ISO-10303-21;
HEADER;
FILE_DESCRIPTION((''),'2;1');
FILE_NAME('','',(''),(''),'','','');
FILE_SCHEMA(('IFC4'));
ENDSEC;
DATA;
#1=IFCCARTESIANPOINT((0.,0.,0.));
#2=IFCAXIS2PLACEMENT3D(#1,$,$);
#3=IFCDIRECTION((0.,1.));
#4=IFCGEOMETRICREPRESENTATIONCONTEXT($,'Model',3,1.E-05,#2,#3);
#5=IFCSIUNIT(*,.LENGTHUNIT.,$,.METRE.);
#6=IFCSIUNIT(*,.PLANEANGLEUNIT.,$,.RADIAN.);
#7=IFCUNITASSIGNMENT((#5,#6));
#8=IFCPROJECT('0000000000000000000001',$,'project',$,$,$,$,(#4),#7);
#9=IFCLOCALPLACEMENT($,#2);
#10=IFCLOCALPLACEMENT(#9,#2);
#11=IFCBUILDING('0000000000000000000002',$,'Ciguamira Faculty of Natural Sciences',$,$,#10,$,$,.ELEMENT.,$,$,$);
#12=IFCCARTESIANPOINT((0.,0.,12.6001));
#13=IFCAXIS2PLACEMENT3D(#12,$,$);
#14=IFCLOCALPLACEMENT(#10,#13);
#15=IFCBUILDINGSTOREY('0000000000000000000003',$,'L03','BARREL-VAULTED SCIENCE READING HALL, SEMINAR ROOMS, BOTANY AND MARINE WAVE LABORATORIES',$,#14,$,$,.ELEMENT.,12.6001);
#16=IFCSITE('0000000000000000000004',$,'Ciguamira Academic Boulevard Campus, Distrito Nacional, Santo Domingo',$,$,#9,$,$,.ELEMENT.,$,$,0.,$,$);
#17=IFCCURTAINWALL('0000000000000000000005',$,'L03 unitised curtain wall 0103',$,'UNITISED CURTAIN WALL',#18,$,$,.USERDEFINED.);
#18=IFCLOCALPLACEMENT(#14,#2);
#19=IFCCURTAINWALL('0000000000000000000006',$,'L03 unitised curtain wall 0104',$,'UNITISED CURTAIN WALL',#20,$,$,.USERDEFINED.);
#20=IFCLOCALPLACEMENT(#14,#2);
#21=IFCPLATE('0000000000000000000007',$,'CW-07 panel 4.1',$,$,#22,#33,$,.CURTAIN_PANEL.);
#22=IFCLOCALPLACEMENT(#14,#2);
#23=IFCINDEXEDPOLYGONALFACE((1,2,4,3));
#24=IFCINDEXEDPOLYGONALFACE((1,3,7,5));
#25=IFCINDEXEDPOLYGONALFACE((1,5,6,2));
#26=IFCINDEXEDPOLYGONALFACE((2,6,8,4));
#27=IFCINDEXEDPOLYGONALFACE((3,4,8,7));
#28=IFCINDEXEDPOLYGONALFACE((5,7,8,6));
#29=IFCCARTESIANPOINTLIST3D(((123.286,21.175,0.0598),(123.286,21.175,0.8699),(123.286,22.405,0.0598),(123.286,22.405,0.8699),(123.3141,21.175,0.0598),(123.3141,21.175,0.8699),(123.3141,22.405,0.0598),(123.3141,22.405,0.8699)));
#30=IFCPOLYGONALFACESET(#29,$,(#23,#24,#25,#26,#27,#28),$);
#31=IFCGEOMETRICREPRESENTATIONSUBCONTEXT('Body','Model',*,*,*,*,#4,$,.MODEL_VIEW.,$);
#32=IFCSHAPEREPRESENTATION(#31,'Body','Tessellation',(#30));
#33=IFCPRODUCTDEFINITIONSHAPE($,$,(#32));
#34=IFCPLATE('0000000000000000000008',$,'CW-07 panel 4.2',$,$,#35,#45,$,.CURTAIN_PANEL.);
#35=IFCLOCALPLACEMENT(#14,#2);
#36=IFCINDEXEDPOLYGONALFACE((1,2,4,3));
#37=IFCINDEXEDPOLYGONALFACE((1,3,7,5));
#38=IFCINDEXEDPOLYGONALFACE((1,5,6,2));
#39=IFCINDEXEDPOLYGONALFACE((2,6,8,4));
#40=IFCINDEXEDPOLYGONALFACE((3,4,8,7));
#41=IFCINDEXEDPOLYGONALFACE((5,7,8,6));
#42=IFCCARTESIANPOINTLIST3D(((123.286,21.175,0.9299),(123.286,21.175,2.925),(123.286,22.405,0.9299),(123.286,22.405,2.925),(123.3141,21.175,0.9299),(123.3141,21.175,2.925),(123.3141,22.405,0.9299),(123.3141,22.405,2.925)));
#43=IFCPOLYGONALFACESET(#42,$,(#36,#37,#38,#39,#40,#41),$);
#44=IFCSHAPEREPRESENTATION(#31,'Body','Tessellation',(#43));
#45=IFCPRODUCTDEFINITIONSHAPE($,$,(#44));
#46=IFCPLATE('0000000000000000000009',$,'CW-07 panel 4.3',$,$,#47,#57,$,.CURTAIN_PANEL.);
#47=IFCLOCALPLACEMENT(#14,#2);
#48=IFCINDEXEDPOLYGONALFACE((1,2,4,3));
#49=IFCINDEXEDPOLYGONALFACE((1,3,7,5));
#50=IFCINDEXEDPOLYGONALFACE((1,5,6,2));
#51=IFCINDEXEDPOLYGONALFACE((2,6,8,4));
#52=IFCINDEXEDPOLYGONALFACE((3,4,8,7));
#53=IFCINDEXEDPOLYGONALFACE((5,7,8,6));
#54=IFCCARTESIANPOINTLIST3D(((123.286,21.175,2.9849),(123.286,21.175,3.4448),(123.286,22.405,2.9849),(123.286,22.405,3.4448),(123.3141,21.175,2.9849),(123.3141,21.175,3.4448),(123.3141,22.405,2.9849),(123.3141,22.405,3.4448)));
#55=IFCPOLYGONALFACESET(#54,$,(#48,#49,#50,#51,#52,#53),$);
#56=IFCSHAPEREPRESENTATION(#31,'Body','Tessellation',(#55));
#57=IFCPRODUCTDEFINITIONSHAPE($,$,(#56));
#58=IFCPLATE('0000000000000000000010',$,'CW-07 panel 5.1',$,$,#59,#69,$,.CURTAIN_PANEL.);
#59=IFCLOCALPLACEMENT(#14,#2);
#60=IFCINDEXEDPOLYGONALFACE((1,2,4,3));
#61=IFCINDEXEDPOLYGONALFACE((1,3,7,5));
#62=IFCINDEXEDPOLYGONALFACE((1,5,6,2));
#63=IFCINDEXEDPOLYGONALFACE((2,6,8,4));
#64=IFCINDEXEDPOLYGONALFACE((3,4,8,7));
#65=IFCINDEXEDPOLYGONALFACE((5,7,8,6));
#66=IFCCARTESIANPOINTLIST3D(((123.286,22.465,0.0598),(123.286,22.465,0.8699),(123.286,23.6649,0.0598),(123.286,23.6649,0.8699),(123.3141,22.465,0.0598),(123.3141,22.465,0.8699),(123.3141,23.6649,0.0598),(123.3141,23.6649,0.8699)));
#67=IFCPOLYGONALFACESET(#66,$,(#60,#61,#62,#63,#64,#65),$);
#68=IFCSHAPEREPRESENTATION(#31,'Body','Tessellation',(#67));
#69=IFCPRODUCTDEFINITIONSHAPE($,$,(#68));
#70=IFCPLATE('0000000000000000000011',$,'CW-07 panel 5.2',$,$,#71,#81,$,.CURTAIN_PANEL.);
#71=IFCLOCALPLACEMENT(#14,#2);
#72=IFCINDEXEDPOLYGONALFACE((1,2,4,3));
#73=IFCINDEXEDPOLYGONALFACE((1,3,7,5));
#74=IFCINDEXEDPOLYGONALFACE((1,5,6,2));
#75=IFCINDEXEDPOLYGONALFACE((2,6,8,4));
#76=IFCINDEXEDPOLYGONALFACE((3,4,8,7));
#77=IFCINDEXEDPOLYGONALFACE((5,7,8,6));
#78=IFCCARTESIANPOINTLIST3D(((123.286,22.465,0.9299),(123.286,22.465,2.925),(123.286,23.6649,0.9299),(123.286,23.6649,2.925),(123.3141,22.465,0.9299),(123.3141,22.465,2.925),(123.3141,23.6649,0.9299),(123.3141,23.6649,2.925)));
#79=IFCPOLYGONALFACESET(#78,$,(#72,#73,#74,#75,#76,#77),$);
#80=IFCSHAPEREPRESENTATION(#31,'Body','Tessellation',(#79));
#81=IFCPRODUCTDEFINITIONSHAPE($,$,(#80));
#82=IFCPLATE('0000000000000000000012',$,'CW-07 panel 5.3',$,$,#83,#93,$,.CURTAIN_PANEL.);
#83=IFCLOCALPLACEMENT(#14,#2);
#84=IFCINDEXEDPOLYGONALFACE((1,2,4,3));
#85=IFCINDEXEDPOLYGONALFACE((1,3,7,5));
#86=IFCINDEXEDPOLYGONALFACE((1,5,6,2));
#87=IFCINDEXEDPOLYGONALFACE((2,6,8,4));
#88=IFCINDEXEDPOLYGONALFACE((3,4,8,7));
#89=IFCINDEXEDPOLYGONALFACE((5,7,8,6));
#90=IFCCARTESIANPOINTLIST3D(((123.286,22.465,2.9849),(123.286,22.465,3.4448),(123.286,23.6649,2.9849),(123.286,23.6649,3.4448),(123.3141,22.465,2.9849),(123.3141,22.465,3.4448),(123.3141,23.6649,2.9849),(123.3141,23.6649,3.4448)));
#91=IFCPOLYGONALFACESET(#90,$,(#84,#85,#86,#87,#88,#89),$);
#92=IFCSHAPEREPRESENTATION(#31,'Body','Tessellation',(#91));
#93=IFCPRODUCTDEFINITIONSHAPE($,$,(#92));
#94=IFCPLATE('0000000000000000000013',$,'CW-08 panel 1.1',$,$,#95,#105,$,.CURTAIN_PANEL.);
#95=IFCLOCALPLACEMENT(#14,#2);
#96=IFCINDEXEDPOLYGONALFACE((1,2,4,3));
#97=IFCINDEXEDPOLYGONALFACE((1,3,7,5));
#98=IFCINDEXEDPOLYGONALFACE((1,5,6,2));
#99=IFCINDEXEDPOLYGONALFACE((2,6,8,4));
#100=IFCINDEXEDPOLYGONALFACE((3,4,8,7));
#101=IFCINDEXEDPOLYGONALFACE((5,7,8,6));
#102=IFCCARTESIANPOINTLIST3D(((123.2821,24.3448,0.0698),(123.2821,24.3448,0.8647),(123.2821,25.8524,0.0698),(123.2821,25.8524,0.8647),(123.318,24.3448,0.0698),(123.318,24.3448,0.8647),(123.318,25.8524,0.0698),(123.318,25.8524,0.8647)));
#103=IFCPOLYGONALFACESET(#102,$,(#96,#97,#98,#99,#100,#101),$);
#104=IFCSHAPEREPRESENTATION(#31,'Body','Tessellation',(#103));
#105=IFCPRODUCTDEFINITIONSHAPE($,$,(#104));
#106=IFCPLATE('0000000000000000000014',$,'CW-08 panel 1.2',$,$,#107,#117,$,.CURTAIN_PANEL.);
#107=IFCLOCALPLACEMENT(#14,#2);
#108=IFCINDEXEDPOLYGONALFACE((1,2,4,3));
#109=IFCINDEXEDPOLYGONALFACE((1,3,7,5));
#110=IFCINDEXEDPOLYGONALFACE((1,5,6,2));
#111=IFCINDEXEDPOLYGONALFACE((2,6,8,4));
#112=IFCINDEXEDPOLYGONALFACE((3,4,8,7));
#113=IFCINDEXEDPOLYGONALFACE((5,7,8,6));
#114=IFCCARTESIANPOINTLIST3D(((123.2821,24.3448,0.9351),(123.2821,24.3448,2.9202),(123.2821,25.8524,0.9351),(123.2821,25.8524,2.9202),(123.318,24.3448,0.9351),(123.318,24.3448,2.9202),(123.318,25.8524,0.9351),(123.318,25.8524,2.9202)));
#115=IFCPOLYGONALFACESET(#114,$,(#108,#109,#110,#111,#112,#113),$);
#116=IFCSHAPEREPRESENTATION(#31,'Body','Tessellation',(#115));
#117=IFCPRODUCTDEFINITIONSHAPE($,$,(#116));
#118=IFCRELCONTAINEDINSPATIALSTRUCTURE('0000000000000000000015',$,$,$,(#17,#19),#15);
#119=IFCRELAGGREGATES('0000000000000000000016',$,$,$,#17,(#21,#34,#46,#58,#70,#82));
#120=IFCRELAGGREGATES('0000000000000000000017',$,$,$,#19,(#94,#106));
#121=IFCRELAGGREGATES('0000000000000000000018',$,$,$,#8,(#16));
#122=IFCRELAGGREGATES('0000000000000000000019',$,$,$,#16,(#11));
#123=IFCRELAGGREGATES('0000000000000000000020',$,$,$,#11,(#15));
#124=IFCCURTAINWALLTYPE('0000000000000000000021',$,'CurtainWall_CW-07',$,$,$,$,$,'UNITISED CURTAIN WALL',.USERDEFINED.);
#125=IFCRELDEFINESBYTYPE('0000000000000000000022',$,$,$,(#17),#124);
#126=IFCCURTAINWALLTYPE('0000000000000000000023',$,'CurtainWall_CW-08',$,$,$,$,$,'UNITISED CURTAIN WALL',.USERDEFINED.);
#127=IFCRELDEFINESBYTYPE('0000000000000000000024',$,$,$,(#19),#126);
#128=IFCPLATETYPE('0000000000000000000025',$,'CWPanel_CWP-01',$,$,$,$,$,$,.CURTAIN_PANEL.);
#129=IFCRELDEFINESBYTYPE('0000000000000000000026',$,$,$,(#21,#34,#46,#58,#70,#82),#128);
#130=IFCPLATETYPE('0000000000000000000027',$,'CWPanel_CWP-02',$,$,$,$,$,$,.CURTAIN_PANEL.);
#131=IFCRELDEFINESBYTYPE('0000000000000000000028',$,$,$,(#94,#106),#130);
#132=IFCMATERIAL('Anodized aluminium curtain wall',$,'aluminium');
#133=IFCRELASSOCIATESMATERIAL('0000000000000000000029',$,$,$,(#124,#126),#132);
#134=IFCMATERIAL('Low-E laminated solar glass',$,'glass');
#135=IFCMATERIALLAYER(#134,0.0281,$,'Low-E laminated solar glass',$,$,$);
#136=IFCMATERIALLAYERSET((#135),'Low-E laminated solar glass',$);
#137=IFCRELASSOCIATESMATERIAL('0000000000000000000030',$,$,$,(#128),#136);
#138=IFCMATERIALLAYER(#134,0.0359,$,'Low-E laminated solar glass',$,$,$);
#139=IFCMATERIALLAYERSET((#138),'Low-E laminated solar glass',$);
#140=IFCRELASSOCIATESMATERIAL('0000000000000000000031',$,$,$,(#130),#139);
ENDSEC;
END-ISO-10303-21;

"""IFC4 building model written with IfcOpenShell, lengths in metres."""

from ifc_helpers import new_model, si_unit, direction, frame, origin, origin_2d, place, context, subcontext, project, spatial, rectangle, extrude, material, layer, layer_set, type_object, element, aggregate, save


model = new_model("IFC4")

# Units and contexts
model_context = context("Model", 3, precision=1e-05, world=origin(), true_north=direction((0.0, 1.0)))
body_context = subcontext(model_context, "Body", "Model", "MODEL_VIEW")
ifc_project = project(units=[si_unit("LENGTHUNIT", "METRE"), si_unit("PLANEANGLEUNIT", "RADIAN")], contexts=[model_context])

# Site, building, storey
site_placement = place(None, origin())
site = spatial("IfcSite", under=ifc_project, at=site_placement, Name="Ciguamira Academic Boulevard Campus, Distrito Nacional, Santo Domingo", CompositionType="ELEMENT", RefElevation=0.0)
building_placement = place(site_placement, origin())
building = spatial("IfcBuilding", under=site, at=building_placement, Name="Ciguamira Faculty of Natural Sciences", CompositionType="ELEMENT")
storey_placement = place(building_placement, frame((0.0, 0.0, 12.6001)))
storey = spatial("IfcBuildingStorey", under=building, at=storey_placement, Name="L03", Description="BARREL-VAULTED SCIENCE READING HALL, SEMINAR ROOMS, BOTANY AND MARINE WAVE LABORATORIES", CompositionType="ELEMENT", Elevation=12.6001)

# Curtain wall
ifc_material_1 = material(Name="Anodized aluminium curtain wall", Category="aluminium")
curtain_wall_type_1 = type_object("IfcCurtainWallType", Name="CurtainWall_CW-07", ElementType="UNITISED CURTAIN WALL", PredefinedType="USERDEFINED", material=ifc_material_1)
curtain_wall_1_placement = place(storey_placement, origin())
curtain_wall_1 = element("IfcCurtainWall", 1, at=curtain_wall_1_placement, inside=storey, type_object=curtain_wall_type_1, Name="L03 unitised curtain wall 0103", ObjectType="UNITISED CURTAIN WALL", PredefinedType="USERDEFINED")

# Curtain wall
curtain_wall_type_2 = type_object("IfcCurtainWallType", Name="CurtainWall_CW-08", ElementType="UNITISED CURTAIN WALL", PredefinedType="USERDEFINED", material=ifc_material_1)
curtain_wall_2_placement = place(storey_placement, origin())
curtain_wall_2 = element("IfcCurtainWall", 2, at=curtain_wall_2_placement, inside=storey, type_object=curtain_wall_type_2, Name="L03 unitised curtain wall 0104", ObjectType="UNITISED CURTAIN WALL", PredefinedType="USERDEFINED")

# Plates
ifc_material_2 = material(Name="Low-E laminated solar glass", Category="glass")
ifc_layer_1 = layer(ifc_material_2, 0.0281, Name="Low-E laminated solar glass")
ifc_layer_set_1 = layer_set([ifc_layer_1], Name="Low-E laminated solar glass")
plate_type_1 = type_object("IfcPlateType", Name="CWPanel_CWP-01", PredefinedType="CURTAIN_PANEL", material=ifc_layer_set_1)
plate_1_placement = place(storey_placement, frame((123.3, 21.79, 0.0598), z_axis=(0.0, 0.0, 1.0), x_axis=(0.0, 1.0, 0.0)))
plate_1 = element("IfcPlate", 3, at=plate_1_placement, type_object=plate_type_1, Name="CW-07 panel 4.1", PredefinedType="CURTAIN_PANEL", context=body_context, shape_type="SweptSolid", body=[
    extrude(rectangle(XDim=1.23, YDim=0.0281, at=origin_2d()), origin(), (0.0, 0.0, 1.0), 0.8101),
])
plate_2_placement = place(storey_placement, frame((123.3, 21.79, 0.9299), z_axis=(0.0, 0.0, 1.0), x_axis=(0.0, 1.0, 0.0)))
plate_2 = element("IfcPlate", 4, at=plate_2_placement, type_object=plate_type_1, Name="CW-07 panel 4.2", PredefinedType="CURTAIN_PANEL", context=body_context, shape_type="SweptSolid", body=[
    extrude(rectangle(XDim=1.23, YDim=0.0281, at=origin_2d()), origin(), (0.0, 0.0, 1.0), 1.9951),
])
plate_3_placement = place(storey_placement, frame((123.3, 21.79, 2.9849), z_axis=(0.0, 0.0, 1.0), x_axis=(0.0, 1.0, 0.0)))
plate_3 = element("IfcPlate", 5, at=plate_3_placement, type_object=plate_type_1, Name="CW-07 panel 4.3", PredefinedType="CURTAIN_PANEL", context=body_context, shape_type="SweptSolid", body=[
    extrude(rectangle(XDim=1.23, YDim=0.0281, at=origin_2d()), origin(), (0.0, 0.0, 1.0), 0.46),
])
plate_4_placement = place(storey_placement, frame((123.3, 23.0649, 0.0598), z_axis=(0.0, 0.0, 1.0), x_axis=(0.0, 1.0, 0.0)))
plate_4 = element("IfcPlate", 6, at=plate_4_placement, type_object=plate_type_1, Name="CW-07 panel 5.1", PredefinedType="CURTAIN_PANEL", context=body_context, shape_type="SweptSolid", body=[
    extrude(rectangle(XDim=1.2, YDim=0.0281, at=origin_2d()), origin(), (0.0, 0.0, 1.0), 0.8101),
])
plate_5_placement = place(storey_placement, frame((123.3, 23.0649, 0.9299), z_axis=(0.0, 0.0, 1.0), x_axis=(0.0, 1.0, 0.0)))
plate_5 = element("IfcPlate", 7, at=plate_5_placement, type_object=plate_type_1, Name="CW-07 panel 5.2", PredefinedType="CURTAIN_PANEL", context=body_context, shape_type="SweptSolid", body=[
    extrude(rectangle(XDim=1.2, YDim=0.0281, at=origin_2d()), origin(), (0.0, 0.0, 1.0), 1.9951),
])
plate_6_placement = place(storey_placement, frame((123.3, 23.0649, 2.9849), z_axis=(0.0, 0.0, 1.0), x_axis=(0.0, 1.0, 0.0)))
plate_6 = element("IfcPlate", 8, at=plate_6_placement, type_object=plate_type_1, Name="CW-07 panel 5.3", PredefinedType="CURTAIN_PANEL", context=body_context, shape_type="SweptSolid", body=[
    extrude(rectangle(XDim=1.2, YDim=0.0281, at=origin_2d()), origin(), (0.0, 0.0, 1.0), 0.46),
])
aggregate(curtain_wall_1, [plate_1, plate_2, plate_3, plate_4, plate_5, plate_6])
ifc_layer_2 = layer(ifc_material_2, 0.0359, Name="Low-E laminated solar glass")
ifc_layer_set_2 = layer_set([ifc_layer_2], Name="Low-E laminated solar glass")
plate_type_2 = type_object("IfcPlateType", Name="CWPanel_CWP-02", PredefinedType="CURTAIN_PANEL", material=ifc_layer_set_2)
plate_7_placement = place(storey_placement, frame((123.3, 25.0986, 0.0698), z_axis=(0.0, 0.0, 1.0), x_axis=(0.0, 1.0, 0.0)))
plate_7 = element("IfcPlate", 9, at=plate_7_placement, type_object=plate_type_2, Name="CW-08 panel 1.1", PredefinedType="CURTAIN_PANEL", context=body_context, shape_type="SweptSolid", body=[
    extrude(rectangle(XDim=1.5076, YDim=0.0359, at=origin_2d()), origin(), (0.0, 0.0, 1.0), 0.7949),
])
plate_8_placement = place(storey_placement, frame((123.3, 25.0986, 0.9351), z_axis=(0.0, 0.0, 1.0), x_axis=(0.0, 1.0, 0.0)))
plate_8 = element("IfcPlate", 10, at=plate_8_placement, type_object=plate_type_2, Name="CW-08 panel 1.2", PredefinedType="CURTAIN_PANEL", context=body_context, shape_type="SweptSolid", body=[
    extrude(rectangle(XDim=1.5076, YDim=0.0359, at=origin_2d()), origin(), (0.0, 0.0, 1.0), 1.9851),
])
aggregate(curtain_wall_2, [plate_7, plate_8])

save(model, "model.ifc")
